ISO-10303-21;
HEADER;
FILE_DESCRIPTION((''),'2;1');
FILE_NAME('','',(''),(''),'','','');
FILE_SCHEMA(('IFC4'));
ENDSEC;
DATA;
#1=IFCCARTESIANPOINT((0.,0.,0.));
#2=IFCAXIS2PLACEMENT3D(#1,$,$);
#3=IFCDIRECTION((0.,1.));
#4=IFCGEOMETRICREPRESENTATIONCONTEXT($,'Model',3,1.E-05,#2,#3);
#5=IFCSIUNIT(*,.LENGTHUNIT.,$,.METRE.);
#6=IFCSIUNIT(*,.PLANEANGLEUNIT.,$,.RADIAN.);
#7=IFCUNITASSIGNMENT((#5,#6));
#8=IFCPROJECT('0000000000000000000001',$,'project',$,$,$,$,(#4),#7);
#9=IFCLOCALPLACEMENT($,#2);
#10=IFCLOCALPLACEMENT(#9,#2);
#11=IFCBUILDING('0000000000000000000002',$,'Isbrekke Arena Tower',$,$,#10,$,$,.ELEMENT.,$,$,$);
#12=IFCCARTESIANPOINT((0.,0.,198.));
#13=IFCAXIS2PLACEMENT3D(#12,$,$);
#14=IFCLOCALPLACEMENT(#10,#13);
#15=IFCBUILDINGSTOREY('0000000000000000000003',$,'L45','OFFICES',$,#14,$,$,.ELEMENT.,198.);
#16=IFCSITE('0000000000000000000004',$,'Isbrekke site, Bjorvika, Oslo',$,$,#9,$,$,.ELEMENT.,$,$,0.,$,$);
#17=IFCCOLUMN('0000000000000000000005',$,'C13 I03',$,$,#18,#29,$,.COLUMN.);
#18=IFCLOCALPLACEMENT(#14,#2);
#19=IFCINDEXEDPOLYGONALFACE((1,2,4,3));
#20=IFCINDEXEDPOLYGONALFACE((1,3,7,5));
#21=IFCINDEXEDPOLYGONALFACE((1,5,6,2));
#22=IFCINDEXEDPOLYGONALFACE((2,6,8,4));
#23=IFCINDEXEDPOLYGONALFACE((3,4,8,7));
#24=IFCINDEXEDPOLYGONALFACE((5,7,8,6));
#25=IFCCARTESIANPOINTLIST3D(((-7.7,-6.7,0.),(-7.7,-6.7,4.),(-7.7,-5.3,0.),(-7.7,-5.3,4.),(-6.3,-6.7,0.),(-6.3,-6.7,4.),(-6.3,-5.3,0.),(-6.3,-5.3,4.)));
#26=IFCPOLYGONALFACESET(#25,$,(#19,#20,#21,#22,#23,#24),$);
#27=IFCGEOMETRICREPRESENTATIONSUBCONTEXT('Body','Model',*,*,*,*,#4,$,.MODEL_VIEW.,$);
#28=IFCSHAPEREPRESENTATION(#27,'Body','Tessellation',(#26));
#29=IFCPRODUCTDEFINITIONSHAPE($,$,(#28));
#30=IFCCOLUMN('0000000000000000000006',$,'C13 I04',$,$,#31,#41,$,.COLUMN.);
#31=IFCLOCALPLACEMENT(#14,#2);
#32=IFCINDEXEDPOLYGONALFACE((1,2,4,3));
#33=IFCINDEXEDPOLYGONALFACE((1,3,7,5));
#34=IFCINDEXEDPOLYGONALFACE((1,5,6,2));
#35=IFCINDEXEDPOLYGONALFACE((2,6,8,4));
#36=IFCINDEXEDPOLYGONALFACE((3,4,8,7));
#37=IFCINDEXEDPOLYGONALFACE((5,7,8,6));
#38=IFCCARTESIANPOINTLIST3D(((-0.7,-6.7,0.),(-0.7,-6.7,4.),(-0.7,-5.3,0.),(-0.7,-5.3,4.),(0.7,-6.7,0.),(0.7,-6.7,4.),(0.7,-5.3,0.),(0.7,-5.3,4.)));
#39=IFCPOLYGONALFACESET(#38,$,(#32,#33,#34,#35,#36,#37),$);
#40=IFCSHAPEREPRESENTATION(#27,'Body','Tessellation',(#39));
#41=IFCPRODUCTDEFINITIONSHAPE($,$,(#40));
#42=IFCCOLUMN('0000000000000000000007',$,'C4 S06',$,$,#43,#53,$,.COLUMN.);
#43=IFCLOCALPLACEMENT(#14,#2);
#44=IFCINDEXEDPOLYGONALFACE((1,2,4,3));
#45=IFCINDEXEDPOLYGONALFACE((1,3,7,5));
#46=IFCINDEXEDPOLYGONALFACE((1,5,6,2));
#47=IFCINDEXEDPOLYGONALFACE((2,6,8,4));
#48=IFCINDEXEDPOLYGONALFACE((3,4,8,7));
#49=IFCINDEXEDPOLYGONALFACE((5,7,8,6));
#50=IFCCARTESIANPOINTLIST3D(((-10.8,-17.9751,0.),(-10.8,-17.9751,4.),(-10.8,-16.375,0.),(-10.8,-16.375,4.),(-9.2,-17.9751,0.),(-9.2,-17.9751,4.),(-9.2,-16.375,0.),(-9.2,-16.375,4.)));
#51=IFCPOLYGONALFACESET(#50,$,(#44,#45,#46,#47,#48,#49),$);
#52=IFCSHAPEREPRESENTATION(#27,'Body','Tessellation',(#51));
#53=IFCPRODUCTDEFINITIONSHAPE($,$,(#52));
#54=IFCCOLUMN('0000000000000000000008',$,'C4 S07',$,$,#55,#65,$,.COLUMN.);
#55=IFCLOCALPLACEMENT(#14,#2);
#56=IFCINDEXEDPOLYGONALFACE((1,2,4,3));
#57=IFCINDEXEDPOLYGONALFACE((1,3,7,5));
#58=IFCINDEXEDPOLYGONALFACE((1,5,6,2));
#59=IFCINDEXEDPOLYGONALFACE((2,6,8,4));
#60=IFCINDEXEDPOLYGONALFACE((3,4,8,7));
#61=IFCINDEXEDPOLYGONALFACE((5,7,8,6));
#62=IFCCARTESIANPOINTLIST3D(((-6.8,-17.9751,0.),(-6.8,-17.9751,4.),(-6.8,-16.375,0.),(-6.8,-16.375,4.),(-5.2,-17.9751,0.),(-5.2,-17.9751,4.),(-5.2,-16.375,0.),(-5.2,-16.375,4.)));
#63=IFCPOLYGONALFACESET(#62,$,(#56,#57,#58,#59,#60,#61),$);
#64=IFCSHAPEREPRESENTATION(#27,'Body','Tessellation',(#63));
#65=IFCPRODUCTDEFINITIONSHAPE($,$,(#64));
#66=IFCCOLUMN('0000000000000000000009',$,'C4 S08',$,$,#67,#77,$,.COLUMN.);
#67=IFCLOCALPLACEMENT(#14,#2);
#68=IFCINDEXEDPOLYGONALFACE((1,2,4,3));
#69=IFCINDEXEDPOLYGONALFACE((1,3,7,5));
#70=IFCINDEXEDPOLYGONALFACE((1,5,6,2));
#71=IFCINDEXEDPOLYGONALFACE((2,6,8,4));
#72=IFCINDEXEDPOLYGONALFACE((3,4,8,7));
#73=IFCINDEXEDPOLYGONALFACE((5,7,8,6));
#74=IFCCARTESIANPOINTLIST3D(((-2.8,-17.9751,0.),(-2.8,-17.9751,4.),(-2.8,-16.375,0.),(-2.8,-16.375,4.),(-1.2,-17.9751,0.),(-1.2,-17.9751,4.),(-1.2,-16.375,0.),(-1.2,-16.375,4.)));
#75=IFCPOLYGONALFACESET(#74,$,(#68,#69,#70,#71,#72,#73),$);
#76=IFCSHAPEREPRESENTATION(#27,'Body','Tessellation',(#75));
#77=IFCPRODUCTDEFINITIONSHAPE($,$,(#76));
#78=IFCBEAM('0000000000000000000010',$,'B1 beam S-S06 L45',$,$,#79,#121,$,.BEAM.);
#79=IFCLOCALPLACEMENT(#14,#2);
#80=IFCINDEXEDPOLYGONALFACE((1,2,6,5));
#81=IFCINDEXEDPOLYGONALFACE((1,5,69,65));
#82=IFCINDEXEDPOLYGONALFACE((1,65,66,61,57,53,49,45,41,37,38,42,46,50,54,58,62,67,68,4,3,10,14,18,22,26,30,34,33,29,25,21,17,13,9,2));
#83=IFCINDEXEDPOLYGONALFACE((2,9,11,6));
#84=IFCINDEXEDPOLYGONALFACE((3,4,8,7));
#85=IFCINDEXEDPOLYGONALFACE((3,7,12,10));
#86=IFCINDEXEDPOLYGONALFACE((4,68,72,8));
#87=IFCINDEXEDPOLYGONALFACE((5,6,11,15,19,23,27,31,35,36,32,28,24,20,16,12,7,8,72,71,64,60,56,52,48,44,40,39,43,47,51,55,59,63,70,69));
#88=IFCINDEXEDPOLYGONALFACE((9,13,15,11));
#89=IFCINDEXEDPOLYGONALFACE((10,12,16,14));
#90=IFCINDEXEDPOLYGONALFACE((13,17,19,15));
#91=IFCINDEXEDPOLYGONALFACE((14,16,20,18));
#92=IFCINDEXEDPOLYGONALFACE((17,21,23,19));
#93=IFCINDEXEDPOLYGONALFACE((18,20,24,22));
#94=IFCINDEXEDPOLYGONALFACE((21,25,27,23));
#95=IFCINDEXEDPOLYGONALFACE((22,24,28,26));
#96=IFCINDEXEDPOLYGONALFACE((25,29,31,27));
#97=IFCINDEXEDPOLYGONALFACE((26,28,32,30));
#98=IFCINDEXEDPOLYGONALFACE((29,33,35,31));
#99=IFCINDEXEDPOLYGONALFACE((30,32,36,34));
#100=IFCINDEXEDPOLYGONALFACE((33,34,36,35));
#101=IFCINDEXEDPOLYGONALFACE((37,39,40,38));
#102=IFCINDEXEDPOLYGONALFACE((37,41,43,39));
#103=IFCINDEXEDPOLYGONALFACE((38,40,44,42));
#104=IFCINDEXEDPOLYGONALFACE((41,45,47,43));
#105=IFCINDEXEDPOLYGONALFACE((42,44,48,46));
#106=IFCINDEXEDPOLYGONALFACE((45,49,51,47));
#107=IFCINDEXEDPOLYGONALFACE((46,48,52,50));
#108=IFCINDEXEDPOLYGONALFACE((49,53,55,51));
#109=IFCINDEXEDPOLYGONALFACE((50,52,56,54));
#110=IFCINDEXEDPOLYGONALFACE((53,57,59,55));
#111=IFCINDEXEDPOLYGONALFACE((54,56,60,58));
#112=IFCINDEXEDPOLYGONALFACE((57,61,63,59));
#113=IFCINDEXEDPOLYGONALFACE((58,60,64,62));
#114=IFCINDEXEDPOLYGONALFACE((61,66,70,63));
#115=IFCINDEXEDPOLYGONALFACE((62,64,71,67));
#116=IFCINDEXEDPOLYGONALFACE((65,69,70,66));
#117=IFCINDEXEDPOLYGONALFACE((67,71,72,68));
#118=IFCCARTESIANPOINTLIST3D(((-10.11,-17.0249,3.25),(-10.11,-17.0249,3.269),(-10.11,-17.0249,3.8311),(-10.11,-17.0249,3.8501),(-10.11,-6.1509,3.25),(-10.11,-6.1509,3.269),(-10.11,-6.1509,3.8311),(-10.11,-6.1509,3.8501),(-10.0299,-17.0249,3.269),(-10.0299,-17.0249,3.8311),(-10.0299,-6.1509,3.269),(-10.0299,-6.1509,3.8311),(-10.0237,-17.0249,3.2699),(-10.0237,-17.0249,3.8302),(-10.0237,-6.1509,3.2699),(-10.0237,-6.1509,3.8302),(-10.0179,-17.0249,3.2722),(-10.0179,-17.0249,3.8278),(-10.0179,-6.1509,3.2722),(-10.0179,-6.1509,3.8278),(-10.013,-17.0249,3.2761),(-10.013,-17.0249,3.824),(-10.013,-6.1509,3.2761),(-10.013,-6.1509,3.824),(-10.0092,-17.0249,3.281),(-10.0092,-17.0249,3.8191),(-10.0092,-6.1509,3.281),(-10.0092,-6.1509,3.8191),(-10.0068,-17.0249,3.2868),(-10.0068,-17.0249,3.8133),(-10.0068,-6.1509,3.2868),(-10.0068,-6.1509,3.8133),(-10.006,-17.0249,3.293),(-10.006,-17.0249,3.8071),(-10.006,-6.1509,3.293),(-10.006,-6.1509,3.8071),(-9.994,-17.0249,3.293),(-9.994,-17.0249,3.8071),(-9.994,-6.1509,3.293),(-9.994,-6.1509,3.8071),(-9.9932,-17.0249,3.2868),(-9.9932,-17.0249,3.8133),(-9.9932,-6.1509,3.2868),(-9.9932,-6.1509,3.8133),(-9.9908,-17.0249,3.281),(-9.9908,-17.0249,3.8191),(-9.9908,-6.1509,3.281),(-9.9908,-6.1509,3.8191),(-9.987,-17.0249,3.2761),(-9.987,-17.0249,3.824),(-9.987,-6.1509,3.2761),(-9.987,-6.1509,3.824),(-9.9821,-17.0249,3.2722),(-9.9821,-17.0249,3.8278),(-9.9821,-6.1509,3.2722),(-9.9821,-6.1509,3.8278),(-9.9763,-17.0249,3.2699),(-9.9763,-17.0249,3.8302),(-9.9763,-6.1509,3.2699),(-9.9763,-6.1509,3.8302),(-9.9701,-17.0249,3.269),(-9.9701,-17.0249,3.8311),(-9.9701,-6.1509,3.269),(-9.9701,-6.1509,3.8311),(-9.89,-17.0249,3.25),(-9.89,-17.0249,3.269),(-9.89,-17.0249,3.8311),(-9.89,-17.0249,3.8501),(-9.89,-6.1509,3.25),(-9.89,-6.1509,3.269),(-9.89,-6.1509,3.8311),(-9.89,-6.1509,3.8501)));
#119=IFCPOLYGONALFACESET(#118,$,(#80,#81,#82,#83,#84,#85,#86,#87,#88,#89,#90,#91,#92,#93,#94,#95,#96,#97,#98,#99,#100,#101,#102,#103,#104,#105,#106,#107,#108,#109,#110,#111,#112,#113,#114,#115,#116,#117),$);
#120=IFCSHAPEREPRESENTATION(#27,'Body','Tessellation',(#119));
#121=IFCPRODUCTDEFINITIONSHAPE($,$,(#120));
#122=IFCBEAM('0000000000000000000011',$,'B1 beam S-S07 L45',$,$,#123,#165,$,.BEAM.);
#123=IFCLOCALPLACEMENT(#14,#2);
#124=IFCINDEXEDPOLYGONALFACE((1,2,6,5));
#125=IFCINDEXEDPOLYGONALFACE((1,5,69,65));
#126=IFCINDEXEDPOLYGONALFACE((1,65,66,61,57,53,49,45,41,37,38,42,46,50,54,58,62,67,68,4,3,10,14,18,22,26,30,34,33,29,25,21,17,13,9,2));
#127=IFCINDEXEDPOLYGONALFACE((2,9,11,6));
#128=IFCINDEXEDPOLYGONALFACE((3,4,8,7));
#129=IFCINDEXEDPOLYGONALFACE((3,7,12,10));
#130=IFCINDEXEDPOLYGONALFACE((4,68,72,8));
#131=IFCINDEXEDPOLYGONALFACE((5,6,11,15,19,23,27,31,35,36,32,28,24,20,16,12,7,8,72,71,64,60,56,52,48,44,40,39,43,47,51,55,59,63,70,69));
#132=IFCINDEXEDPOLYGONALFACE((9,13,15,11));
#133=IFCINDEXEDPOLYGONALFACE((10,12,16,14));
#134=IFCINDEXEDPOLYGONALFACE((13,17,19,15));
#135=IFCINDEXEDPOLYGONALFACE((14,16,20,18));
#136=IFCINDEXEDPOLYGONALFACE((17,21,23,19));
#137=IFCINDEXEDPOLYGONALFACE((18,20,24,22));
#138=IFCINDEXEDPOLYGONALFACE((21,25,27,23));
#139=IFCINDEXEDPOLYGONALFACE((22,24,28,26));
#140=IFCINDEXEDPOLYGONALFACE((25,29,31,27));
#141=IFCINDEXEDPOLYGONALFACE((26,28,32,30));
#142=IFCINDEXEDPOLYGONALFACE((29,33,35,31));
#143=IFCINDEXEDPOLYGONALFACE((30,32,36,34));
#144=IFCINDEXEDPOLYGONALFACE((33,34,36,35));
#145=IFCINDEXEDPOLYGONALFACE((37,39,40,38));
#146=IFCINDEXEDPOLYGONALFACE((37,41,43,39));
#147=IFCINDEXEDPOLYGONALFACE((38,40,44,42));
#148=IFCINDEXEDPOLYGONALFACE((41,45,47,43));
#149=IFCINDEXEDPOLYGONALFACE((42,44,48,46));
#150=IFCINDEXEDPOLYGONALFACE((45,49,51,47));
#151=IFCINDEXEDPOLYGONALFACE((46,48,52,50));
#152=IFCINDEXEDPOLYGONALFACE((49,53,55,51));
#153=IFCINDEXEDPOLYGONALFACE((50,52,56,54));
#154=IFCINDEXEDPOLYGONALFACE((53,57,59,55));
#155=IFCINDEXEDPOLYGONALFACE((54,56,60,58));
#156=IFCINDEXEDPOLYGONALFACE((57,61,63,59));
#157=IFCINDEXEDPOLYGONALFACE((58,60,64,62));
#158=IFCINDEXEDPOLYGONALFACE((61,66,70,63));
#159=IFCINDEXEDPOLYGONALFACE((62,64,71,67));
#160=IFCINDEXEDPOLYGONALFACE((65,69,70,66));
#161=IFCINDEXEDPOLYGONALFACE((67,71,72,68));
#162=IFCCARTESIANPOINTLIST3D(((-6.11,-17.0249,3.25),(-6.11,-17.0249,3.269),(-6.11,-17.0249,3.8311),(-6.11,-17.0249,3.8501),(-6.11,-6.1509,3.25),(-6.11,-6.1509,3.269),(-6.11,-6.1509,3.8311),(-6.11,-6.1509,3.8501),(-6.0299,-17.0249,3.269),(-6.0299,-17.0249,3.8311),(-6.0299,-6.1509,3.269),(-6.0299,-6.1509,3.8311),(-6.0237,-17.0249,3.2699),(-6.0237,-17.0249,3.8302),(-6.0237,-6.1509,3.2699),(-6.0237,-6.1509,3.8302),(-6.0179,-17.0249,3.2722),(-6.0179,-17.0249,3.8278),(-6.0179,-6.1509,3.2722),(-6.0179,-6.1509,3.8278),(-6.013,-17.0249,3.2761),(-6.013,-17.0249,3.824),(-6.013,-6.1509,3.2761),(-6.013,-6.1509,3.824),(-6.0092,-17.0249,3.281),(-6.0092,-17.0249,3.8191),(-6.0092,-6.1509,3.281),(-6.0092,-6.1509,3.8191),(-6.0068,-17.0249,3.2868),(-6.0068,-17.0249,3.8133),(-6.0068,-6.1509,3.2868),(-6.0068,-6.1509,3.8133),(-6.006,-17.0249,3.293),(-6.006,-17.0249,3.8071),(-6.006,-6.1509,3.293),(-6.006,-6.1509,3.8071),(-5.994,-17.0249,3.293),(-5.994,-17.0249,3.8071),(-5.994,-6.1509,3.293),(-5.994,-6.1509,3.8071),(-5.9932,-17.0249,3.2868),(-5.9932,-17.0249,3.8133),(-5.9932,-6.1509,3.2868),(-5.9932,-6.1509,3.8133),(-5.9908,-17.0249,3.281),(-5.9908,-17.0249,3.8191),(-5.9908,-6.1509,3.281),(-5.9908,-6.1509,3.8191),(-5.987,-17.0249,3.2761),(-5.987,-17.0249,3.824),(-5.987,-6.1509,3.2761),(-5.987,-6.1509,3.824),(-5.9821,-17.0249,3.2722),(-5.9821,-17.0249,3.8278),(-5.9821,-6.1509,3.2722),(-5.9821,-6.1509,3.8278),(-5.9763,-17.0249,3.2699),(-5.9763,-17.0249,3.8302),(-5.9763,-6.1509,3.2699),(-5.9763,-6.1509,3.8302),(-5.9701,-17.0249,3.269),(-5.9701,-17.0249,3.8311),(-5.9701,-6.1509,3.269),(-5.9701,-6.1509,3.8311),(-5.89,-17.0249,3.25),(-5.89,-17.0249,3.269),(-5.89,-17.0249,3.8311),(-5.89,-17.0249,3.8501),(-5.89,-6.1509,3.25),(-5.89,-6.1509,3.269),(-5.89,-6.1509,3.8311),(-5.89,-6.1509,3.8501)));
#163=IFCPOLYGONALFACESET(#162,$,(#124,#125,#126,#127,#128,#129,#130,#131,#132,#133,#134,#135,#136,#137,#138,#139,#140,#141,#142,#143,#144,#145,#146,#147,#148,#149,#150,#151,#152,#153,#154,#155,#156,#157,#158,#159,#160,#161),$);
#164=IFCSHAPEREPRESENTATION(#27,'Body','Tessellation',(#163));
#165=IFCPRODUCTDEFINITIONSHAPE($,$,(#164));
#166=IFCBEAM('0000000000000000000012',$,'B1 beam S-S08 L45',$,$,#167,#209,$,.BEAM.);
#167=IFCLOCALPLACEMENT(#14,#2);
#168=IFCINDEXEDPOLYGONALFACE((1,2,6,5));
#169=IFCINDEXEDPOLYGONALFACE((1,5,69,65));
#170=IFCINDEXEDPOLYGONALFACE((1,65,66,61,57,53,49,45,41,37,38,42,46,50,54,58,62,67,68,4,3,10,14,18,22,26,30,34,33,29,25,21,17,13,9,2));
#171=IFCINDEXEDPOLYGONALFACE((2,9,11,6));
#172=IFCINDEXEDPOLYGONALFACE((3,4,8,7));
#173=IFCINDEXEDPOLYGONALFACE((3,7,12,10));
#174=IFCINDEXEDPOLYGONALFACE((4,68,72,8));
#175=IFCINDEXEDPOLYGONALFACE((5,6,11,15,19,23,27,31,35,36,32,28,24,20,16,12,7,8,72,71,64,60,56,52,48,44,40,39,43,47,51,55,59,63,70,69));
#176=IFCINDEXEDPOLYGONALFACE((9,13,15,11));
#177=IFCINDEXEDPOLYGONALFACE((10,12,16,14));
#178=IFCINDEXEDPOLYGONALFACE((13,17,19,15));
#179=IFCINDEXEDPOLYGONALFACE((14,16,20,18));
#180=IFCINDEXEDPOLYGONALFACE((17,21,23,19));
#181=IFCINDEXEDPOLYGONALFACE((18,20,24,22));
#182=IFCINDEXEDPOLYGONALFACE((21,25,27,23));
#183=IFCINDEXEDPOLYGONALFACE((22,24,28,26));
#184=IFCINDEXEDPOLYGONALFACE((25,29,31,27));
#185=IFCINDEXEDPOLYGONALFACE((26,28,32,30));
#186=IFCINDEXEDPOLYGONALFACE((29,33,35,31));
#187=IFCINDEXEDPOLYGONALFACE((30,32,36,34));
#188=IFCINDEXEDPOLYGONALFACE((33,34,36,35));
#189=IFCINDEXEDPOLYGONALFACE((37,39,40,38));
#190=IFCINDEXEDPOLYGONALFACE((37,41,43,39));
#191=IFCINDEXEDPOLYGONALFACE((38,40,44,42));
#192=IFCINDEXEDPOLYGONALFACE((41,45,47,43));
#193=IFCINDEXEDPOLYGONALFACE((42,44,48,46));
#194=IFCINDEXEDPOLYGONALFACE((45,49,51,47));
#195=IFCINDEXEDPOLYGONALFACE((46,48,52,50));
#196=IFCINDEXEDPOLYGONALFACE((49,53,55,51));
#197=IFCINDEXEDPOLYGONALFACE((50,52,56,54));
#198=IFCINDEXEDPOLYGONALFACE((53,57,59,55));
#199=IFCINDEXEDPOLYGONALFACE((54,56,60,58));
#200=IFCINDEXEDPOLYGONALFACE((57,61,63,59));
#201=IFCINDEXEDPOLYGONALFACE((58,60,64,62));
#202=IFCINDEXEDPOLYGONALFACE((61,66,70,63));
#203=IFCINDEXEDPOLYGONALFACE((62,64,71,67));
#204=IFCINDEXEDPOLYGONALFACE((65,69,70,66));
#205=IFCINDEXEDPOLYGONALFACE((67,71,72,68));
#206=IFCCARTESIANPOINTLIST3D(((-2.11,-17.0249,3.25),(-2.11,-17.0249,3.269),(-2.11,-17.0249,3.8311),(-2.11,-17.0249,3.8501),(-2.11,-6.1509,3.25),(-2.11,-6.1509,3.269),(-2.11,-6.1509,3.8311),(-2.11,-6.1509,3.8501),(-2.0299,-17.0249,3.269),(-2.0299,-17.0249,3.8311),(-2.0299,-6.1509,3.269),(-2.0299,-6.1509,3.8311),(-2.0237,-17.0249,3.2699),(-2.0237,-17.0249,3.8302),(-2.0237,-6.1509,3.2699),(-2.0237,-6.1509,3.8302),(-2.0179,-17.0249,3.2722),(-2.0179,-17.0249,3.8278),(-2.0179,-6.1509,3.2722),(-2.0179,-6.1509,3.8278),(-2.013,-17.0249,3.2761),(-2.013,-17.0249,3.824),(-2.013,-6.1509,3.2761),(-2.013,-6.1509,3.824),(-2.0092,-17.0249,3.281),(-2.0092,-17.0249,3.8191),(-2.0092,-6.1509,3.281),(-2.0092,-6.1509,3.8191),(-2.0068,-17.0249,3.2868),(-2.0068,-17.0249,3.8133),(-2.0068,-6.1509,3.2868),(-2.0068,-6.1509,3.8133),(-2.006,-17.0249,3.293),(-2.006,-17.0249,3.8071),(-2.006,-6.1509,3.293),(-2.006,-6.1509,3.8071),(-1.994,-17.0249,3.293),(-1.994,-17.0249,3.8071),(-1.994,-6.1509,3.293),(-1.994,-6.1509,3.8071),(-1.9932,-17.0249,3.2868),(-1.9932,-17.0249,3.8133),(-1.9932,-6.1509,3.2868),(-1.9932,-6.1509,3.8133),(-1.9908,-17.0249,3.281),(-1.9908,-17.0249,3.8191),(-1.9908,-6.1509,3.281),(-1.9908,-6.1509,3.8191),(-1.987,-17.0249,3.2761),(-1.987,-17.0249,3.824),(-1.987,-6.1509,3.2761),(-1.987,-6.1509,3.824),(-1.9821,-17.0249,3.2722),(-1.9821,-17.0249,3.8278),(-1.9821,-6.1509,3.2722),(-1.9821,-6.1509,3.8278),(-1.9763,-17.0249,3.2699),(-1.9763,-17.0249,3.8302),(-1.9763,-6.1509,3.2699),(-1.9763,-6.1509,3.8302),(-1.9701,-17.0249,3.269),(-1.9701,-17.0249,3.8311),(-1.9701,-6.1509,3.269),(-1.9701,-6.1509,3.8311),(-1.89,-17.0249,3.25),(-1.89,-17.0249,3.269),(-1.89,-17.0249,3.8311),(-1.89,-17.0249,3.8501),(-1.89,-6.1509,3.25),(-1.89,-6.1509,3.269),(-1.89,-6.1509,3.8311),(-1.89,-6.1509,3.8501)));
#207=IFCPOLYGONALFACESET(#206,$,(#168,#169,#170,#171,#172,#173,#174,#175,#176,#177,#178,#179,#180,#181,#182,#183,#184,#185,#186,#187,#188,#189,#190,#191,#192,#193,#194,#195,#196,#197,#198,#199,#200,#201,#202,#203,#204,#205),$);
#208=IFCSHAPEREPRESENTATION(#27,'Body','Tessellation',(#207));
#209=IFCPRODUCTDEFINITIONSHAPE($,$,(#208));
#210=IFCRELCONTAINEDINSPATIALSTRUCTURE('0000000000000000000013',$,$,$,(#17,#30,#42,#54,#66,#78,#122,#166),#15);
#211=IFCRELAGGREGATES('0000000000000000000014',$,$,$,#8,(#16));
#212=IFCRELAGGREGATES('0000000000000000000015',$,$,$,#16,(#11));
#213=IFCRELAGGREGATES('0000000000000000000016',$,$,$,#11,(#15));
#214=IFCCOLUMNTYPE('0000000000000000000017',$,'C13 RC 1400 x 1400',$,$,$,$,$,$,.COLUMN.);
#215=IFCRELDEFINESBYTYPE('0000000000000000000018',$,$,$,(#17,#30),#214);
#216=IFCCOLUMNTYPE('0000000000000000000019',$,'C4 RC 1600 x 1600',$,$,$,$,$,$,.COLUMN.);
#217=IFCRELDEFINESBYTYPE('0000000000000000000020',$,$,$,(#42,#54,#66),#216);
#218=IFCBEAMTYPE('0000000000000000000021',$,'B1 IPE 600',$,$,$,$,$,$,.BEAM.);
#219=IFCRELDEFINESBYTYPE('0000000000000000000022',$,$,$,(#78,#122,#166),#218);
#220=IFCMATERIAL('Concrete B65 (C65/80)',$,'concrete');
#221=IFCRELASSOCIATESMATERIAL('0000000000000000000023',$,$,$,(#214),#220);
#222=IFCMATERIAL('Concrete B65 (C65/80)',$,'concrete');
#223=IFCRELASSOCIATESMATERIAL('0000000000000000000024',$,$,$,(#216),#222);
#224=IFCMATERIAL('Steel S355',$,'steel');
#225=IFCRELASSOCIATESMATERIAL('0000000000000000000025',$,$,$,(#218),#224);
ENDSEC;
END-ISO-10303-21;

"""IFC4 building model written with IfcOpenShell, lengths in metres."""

from ifc_helpers import new_model, si_unit, direction, frame, origin, origin_2d, place, context, subcontext, project, spatial, rectangle, i_section, extrude, material, material_profile, profile_set, type_object, element, save


model = new_model("IFC4")

# Units and contexts
model_context = context("Model", 3, precision=1e-05, world=origin(), true_north=direction((0.0, 1.0)))
body_context = subcontext(model_context, "Body", "Model", "MODEL_VIEW")
ifc_project = project(units=[si_unit("LENGTHUNIT", "METRE"), si_unit("PLANEANGLEUNIT", "RADIAN")], contexts=[model_context])

# Site, building, storey
site_placement = place(None, origin())
site = spatial("IfcSite", under=ifc_project, at=site_placement, Name="Isbrekke site, Bjorvika, Oslo", CompositionType="ELEMENT", RefElevation=0.0)
building_placement = place(site_placement, origin())
building = spatial("IfcBuilding", under=site, at=building_placement, Name="Isbrekke Arena Tower", CompositionType="ELEMENT")
storey_placement = place(building_placement, frame((0.0, 0.0, 198.0)))
storey = spatial("IfcBuildingStorey", under=building, at=storey_placement, Name="L45", Description="OFFICES", CompositionType="ELEMENT", Elevation=198.0)

# Columns
ifc_material_1 = material(Name="Concrete B65 (C65/80)", Category="concrete")
ifc_material_profile_1 = material_profile(ifc_material_1, rectangle(XDim=1.3999, YDim=1.3999, at=origin_2d()), Name="RC 1400x1400")
ifc_profile_set_1 = profile_set([ifc_material_profile_1], Name="Concrete B65 (C65/80)")
column_type_1 = type_object("IfcColumnType", Name="C13 RC 1400 x 1400", PredefinedType="COLUMN", material=ifc_profile_set_1)
for number, where, z_axis, x_axis, name in (
    (1, (-7.0, -6.0, 0.0), (0.0, 0.0, 1.0), (1.0, 0.0, 0.0), "C13 I03"),
    (2, (0.0, -6.0, 0.0), (0.0, 0.0, 1.0), (1.0, 0.0, 0.0), "C13 I04"),
):
    element("IfcColumn", number, at=place(storey_placement, frame(where, z_axis=z_axis, x_axis=x_axis)), inside=storey, type_object=column_type_1, Name=name, PredefinedType="COLUMN", context=body_context, shape_type="SweptSolid", body=[
        extrude(rectangle(XDim=1.3999, YDim=1.3999, at=origin_2d()), origin(), (0.0, 0.0, 1.0), 4.0),
    ])
ifc_material_2 = material(Name="Concrete B65 (C65/80)", Category="concrete")
ifc_material_profile_2 = material_profile(ifc_material_2, rectangle(XDim=1.6001, YDim=1.6001, at=origin_2d()), Name="RC 1600x1600")
ifc_profile_set_2 = profile_set([ifc_material_profile_2], Name="Concrete B65 (C65/80)")
column_type_2 = type_object("IfcColumnType", Name="C4 RC 1600 x 1600", PredefinedType="COLUMN", material=ifc_profile_set_2)
for number, where, z_axis, x_axis, name in (
    (3, (-10.0, -17.175, 0.0), (0.0, 0.0, 1.0), (1.0, 0.0, 0.0), "C4 S06"),
    (4, (-6.0, -17.175, 0.0), (0.0, 0.0, 1.0), (1.0, 0.0, 0.0), "C4 S07"),
    (5, (-2.0, -17.175, 0.0), (0.0, 0.0, 1.0), (1.0, 0.0, 0.0), "C4 S08"),
):
    element("IfcColumn", number, at=place(storey_placement, frame(where, z_axis=z_axis, x_axis=x_axis)), inside=storey, type_object=column_type_2, Name=name, PredefinedType="COLUMN", context=body_context, shape_type="SweptSolid", body=[
        extrude(rectangle(XDim=1.6001, YDim=1.6001, at=origin_2d()), origin(), (0.0, 0.0, 1.0), 4.0),
    ])

# Beams
ifc_material_3 = material(Name="Steel S355", Category="steel")
ifc_material_profile_3 = material_profile(ifc_material_3, i_section(OverallWidth=0.22, OverallDepth=0.6001, WebThickness=0.012, FlangeThickness=0.019, FilletRadius=0.0239, at=origin_2d()), Name="IPE 600")
ifc_profile_set_3 = profile_set([ifc_material_profile_3], Name="Steel S355")
beam_type_1 = type_object("IfcBeamType", Name="B1 IPE 600", PredefinedType="BEAM", material=ifc_profile_set_3)
for number, where, z_axis, x_axis, name in (
    (6, (-10.0, -17.0249, 3.55), (0.0, 1.0, 0.0), (-1.0, 0.0, 0.0), "B1 beam S-S06 L45"),
    (7, (-6.0, -17.0249, 3.55), (0.0, 1.0, 0.0), (-1.0, 0.0, 0.0), "B1 beam S-S07 L45"),
    (8, (-2.0, -17.0249, 3.55), (0.0, 1.0, 0.0), (-1.0, 0.0, 0.0), "B1 beam S-S08 L45"),
):
    element("IfcBeam", number, at=place(storey_placement, frame(where, z_axis=z_axis, x_axis=x_axis)), inside=storey, type_object=beam_type_1, Name=name, PredefinedType="BEAM", context=body_context, shape_type="SweptSolid", body=[
        extrude(i_section(OverallWidth=0.22, OverallDepth=0.6001, WebThickness=0.012, FlangeThickness=0.019, FilletRadius=0.0239, at=origin_2d()), origin(), (0.0, 0.0, 1.0), 10.874),
    ])

save(model, "model.ifc")
